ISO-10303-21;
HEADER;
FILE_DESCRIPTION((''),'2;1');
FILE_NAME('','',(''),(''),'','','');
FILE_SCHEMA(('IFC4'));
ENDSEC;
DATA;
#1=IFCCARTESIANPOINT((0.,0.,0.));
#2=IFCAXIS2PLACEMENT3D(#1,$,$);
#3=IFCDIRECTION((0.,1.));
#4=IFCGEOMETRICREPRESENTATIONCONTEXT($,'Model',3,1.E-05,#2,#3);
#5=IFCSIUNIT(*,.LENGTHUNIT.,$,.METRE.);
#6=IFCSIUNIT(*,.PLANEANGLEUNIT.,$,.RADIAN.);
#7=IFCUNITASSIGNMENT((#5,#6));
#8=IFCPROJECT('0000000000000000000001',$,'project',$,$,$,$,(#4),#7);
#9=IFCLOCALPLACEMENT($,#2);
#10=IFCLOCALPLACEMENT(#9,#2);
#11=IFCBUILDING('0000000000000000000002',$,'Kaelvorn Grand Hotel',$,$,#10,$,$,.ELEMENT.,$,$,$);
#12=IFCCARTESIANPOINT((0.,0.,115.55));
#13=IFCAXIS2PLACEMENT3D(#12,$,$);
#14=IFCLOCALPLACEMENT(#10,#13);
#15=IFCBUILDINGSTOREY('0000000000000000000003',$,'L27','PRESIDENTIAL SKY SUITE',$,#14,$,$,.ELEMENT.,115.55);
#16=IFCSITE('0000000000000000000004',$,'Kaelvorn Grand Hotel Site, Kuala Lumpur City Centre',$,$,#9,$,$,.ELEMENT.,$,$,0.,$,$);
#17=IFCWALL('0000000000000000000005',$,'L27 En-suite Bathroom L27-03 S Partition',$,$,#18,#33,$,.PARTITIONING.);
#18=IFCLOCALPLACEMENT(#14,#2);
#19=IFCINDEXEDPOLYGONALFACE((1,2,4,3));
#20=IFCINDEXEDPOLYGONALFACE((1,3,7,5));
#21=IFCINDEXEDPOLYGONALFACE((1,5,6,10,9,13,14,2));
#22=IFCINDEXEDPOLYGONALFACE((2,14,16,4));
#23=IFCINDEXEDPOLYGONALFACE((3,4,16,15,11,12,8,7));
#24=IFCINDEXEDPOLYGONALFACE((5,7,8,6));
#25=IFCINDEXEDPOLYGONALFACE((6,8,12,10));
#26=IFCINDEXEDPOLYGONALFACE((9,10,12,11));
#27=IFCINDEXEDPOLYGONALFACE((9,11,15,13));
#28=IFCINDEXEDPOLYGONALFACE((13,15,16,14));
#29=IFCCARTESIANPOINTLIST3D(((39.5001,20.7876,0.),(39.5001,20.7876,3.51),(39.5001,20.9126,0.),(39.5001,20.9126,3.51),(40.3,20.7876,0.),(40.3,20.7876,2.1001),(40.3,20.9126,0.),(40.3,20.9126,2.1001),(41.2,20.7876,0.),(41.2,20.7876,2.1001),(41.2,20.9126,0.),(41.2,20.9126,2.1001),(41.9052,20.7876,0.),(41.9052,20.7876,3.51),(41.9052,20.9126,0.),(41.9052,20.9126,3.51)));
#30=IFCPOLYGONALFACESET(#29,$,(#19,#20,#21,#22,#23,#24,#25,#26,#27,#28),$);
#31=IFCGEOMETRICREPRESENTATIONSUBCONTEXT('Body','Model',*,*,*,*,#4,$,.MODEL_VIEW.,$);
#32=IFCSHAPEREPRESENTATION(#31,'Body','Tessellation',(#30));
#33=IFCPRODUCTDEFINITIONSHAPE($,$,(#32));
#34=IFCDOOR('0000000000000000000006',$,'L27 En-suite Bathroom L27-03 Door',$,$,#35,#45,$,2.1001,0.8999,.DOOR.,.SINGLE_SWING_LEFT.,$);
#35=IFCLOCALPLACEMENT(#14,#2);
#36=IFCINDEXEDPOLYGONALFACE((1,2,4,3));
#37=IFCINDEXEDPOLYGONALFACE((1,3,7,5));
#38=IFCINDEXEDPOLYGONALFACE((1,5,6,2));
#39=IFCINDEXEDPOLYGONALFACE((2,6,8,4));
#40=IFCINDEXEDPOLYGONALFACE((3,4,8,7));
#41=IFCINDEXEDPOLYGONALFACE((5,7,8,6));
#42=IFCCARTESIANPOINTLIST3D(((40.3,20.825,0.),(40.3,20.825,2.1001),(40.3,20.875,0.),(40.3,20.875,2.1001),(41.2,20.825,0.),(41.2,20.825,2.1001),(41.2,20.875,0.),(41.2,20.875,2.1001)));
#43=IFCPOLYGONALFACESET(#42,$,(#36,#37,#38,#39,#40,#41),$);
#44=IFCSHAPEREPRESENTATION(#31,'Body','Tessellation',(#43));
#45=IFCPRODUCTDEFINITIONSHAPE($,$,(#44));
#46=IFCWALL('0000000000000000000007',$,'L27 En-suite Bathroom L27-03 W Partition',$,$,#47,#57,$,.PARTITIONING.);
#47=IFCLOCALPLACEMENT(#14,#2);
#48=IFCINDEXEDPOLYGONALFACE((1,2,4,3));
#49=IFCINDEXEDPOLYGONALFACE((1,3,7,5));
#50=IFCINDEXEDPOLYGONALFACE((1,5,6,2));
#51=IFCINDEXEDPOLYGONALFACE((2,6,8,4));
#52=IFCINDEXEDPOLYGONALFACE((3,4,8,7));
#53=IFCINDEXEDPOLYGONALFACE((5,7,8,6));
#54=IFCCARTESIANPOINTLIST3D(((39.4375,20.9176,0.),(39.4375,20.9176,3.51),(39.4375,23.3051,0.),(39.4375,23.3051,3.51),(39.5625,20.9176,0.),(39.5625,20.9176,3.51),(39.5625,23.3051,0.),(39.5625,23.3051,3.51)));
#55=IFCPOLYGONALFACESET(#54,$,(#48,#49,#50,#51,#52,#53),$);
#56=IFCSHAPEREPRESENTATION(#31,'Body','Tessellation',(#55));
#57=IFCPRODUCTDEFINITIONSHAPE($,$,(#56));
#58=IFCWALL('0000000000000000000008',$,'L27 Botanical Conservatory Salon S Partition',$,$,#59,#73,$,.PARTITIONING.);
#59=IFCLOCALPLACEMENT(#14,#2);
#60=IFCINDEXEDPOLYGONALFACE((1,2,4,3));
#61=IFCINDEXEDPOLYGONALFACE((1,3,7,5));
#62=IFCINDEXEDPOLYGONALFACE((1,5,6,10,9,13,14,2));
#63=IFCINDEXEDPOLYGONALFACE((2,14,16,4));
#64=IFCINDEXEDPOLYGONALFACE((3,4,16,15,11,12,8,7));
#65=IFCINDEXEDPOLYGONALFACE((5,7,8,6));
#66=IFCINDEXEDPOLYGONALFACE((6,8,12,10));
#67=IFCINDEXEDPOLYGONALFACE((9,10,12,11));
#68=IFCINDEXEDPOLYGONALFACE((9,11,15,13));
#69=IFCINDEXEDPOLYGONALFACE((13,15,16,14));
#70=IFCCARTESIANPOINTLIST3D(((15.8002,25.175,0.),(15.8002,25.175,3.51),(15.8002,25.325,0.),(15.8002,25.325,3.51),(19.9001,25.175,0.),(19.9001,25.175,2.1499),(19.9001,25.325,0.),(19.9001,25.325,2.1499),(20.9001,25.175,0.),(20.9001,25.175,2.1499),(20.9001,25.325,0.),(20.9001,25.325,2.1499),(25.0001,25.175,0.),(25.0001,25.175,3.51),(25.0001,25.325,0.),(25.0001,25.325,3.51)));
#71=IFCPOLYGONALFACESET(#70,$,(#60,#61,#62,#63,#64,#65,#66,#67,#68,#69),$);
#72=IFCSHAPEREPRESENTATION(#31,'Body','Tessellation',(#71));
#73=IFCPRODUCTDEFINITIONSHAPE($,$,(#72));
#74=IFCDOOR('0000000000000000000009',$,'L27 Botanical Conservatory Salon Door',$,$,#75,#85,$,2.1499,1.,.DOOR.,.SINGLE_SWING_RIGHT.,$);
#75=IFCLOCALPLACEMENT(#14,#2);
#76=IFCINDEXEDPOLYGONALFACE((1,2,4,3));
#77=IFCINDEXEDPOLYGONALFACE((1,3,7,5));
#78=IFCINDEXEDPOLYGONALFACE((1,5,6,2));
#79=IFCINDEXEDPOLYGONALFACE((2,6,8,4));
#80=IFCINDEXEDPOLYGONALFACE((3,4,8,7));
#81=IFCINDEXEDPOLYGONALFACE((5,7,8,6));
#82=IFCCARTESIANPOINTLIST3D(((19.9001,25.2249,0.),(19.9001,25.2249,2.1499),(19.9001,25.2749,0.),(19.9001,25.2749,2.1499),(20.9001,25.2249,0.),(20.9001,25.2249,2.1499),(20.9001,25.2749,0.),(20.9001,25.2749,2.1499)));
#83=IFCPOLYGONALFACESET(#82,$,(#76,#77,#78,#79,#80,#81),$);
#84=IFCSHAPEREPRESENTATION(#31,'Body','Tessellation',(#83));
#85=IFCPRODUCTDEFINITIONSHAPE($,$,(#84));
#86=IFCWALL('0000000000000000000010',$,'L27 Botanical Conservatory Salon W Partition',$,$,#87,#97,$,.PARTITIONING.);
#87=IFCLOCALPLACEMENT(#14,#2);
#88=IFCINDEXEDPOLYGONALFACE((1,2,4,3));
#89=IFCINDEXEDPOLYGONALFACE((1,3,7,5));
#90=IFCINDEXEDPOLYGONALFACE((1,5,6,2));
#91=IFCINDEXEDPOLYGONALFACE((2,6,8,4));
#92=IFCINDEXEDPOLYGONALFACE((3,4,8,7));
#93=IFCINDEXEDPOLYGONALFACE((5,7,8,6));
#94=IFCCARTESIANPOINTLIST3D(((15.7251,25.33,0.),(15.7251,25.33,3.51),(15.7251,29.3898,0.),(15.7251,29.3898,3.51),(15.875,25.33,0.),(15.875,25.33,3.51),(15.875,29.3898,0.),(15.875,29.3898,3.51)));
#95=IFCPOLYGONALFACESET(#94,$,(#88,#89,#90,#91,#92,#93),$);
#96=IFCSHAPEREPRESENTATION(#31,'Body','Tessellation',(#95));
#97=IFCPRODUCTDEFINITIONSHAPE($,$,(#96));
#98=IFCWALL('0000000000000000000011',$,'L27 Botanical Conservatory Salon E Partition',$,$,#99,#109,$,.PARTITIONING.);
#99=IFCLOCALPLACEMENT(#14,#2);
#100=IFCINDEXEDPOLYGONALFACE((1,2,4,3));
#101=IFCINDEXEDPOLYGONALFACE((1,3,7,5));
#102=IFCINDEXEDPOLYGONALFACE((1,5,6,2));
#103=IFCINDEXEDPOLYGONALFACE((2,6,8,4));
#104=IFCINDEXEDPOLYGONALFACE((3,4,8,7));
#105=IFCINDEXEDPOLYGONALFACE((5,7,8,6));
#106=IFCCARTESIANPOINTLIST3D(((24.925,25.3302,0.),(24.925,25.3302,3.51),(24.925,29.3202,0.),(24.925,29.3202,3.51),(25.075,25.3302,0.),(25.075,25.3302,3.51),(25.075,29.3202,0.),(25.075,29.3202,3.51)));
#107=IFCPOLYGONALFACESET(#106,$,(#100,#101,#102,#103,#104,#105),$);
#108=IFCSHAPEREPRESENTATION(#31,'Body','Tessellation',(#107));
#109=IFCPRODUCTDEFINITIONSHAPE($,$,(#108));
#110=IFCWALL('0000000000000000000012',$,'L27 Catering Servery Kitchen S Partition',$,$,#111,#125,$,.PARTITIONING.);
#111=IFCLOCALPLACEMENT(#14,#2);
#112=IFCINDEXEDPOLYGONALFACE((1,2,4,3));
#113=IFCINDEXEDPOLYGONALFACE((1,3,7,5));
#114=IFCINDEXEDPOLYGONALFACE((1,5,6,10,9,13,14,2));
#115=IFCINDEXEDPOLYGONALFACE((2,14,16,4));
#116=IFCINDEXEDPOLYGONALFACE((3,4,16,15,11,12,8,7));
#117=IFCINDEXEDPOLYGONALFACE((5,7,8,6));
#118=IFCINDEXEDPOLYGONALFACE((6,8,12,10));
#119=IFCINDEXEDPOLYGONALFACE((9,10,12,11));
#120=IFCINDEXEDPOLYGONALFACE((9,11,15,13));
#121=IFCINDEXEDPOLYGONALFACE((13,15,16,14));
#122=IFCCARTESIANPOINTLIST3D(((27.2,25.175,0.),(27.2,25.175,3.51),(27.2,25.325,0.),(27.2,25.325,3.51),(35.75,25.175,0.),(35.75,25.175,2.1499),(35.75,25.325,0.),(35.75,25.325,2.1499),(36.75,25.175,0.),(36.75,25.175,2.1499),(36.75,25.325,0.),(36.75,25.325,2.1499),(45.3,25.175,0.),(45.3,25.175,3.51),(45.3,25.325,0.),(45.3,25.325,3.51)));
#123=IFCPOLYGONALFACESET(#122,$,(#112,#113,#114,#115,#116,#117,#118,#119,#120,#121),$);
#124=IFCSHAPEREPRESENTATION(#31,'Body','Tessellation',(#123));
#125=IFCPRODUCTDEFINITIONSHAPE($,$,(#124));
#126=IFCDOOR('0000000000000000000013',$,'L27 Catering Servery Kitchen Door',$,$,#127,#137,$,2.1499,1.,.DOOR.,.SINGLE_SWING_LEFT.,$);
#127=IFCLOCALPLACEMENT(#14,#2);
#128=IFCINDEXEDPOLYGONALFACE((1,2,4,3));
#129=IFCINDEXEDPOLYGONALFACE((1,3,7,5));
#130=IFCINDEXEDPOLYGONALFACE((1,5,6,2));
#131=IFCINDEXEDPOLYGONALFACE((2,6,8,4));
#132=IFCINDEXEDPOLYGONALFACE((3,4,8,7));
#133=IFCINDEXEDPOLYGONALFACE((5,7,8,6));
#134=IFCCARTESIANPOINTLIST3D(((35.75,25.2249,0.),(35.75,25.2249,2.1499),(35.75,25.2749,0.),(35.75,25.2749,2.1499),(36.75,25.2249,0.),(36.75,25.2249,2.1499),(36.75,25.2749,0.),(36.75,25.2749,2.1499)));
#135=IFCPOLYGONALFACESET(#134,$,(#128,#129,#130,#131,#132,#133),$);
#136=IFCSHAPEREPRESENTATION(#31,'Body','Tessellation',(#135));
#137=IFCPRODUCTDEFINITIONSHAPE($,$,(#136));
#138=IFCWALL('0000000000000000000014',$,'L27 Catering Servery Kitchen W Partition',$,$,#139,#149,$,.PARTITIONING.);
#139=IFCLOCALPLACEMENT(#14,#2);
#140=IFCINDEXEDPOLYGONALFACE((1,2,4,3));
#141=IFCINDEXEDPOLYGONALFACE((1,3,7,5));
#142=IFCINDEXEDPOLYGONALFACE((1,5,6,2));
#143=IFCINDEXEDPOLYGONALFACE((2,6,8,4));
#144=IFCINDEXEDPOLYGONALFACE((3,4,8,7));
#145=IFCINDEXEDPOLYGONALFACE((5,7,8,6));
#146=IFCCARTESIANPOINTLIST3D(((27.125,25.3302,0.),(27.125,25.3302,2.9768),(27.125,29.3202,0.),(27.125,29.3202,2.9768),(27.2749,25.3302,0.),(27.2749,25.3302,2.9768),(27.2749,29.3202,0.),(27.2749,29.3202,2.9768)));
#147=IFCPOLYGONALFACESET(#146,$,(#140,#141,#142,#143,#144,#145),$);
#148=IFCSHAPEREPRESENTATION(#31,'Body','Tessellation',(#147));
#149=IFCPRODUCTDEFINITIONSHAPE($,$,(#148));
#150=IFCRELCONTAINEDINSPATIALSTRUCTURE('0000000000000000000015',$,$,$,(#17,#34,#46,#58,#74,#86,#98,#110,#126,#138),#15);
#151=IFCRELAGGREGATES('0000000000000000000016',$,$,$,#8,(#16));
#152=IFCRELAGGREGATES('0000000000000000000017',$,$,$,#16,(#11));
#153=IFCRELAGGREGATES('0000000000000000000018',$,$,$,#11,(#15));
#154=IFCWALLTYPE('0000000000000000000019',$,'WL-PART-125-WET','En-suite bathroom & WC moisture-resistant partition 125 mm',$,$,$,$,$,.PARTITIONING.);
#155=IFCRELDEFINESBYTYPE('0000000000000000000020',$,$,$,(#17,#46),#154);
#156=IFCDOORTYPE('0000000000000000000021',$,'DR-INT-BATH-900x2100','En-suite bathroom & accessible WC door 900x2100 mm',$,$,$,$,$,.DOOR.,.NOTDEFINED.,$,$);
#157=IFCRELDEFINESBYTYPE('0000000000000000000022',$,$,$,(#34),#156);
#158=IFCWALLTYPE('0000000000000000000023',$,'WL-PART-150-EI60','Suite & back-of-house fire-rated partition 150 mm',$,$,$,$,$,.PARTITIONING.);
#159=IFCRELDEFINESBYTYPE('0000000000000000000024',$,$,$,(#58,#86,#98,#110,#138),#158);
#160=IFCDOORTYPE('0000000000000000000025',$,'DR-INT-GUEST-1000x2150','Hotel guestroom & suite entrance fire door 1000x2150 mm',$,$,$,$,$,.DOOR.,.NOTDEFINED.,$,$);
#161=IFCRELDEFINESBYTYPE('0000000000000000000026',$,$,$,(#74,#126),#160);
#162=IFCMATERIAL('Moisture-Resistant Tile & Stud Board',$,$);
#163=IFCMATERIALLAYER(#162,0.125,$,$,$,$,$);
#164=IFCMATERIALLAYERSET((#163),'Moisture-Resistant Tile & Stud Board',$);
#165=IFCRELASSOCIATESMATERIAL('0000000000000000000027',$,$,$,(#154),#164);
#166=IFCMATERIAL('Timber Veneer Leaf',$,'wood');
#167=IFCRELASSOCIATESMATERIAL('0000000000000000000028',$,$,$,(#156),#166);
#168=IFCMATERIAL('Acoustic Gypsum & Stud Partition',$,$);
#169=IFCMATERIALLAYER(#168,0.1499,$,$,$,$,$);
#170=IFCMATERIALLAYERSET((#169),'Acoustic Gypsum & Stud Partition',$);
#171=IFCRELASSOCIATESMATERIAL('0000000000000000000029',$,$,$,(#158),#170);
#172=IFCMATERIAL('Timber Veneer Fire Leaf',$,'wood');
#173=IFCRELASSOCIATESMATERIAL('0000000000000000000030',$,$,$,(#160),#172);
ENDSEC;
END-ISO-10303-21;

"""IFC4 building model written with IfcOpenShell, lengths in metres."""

from ifc_helpers import new_model, si_unit, direction, frame, frame_2d, origin, place, context, subcontext, project, spatial, rectangle, extrude, material, layer, layer_set, type_object, element, fill, save


model = new_model("IFC4")

# Units and contexts
model_context = context("Model", 3, precision=1e-05, world=origin(), true_north=direction((0.0, 1.0)))
body_context = subcontext(model_context, "Body", "Model", "MODEL_VIEW")
ifc_project = project(units=[si_unit("LENGTHUNIT", "METRE"), si_unit("PLANEANGLEUNIT", "RADIAN")], contexts=[model_context])

# Site, building, storey
site_placement = place(None, origin())
site = spatial("IfcSite", under=ifc_project, at=site_placement, Name="Kaelvorn Grand Hotel Site, Kuala Lumpur City Centre", CompositionType="ELEMENT", RefElevation=0.0)
building_placement = place(site_placement, origin())
building = spatial("IfcBuilding", under=site, at=building_placement, Name="Kaelvorn Grand Hotel", CompositionType="ELEMENT")
storey_placement = place(building_placement, frame((0.0, 0.0, 115.55)))
storey = spatial("IfcBuildingStorey", under=building, at=storey_placement, Name="L27", Description="PRESIDENTIAL SKY SUITE", CompositionType="ELEMENT", Elevation=115.55)

# Shared definitions
ifc_material_1 = material(Name="Moisture-Resistant Tile & Stud Board")
ifc_layer_1 = layer(ifc_material_1, 0.125)
ifc_layer_set_1 = layer_set([ifc_layer_1], Name="Moisture-Resistant Tile & Stud Board")
wall_type_1 = type_object("IfcWallType", Name="WL-PART-125-WET", Description="En-suite bathroom & WC moisture-resistant partition 125 mm", PredefinedType="PARTITIONING", material=ifc_layer_set_1)
ifc_material_2 = material(Name="Timber Veneer Leaf", Category="wood")
door_type_1 = type_object("IfcDoorType", Name="DR-INT-BATH-900x2100", Description="En-suite bathroom & accessible WC door 900x2100 mm", OperationType="NOTDEFINED", PredefinedType="DOOR", material=ifc_material_2)

# Wall, opening, door
wall_1_placement = place(storey_placement, frame((39.5, 20.8501, 0.0), z_axis=(0.0, 0.0, 1.0), x_axis=(1.0, 0.0, 0.0)))
wall_1 = element("IfcWall", 1, at=wall_1_placement, inside=storey, type_object=wall_type_1, Name="L27 En-suite Bathroom L27-03 S Partition", PredefinedType="PARTITIONING", context=body_context, shape_type="SweptSolid", body=[
    extrude(rectangle(XDim=2.405, YDim=0.125, at=frame_2d((1.2026, 0.0))), origin(), (0.0, 0.0, 1.0), 3.51),
])
opening_1_placement = place(wall_1_placement, frame((0.8, 0.0, 0.0)))
opening_1 = element("IfcOpeningElement", 2, at=opening_1_placement, cuts=wall_1, PredefinedType="OPENING", context=body_context, shape_type="SweptSolid", body=[
    extrude(rectangle(XDim=0.8999, YDim=2.1001, at=frame_2d((0.45, 1.05))), frame((0.0, 0.0725, 0.0), z_axis=(0.0, -1.0, 0.0), x_axis=(1.0, 0.0, 0.0)), (0.0, 0.0, 1.0), 0.145),
])
door_1_placement = place(opening_1_placement, origin())
door_1 = element("IfcDoor", 3, at=door_1_placement, inside=storey, type_object=door_type_1, Name="L27 En-suite Bathroom L27-03 Door", OperationType="SINGLE_SWING_LEFT", OverallHeight=2.1001, OverallWidth=0.8999, PredefinedType="DOOR", context=body_context, shape_type="SweptSolid", body=[
    extrude(rectangle(XDim=0.8999, YDim=2.1001, at=frame_2d((0.45, 1.05))), frame((0.0, 0.0249, 0.0), z_axis=(0.0, -1.0, 0.0), x_axis=(1.0, 0.0, 0.0)), (0.0, 0.0, 1.0), 0.05),
])
fill(opening_1, door_1)

# Wall
wall_2_placement = place(storey_placement, frame((39.5, 20.9175, 0.0), z_axis=(0.0, 0.0, 1.0), x_axis=(0.0, 1.0, 0.0)))
element("IfcWall", 4, at=wall_2_placement, inside=storey, type_object=wall_type_1, Name="L27 En-suite Bathroom L27-03 W Partition", PredefinedType="PARTITIONING", context=body_context, shape_type="SweptSolid", body=[
    extrude(rectangle(XDim=2.3875, YDim=0.125, at=frame_2d((1.1938, 0.0))), origin(), (0.0, 0.0, 1.0), 3.51),
])

# Wall, opening, door
ifc_material_3 = material(Name="Acoustic Gypsum & Stud Partition")
ifc_layer_2 = layer(ifc_material_3, 0.1499)
ifc_layer_set_2 = layer_set([ifc_layer_2], Name="Acoustic Gypsum & Stud Partition")
wall_type_2 = type_object("IfcWallType", Name="WL-PART-150-EI60", Description="Suite & back-of-house fire-rated partition 150 mm", PredefinedType="PARTITIONING", material=ifc_layer_set_2)
wall_3_placement = place(storey_placement, frame((15.8, 25.25, 0.0), z_axis=(0.0, 0.0, 1.0), x_axis=(1.0, 0.0, 0.0)))
wall_3 = element("IfcWall", 5, at=wall_3_placement, inside=storey, type_object=wall_type_2, Name="L27 Botanical Conservatory Salon S Partition", PredefinedType="PARTITIONING", context=body_context, shape_type="SweptSolid", body=[
    extrude(rectangle(XDim=9.2, YDim=0.1499, at=frame_2d((4.6001, 0.0))), origin(), (0.0, 0.0, 1.0), 3.51),
])
opening_2_placement = place(wall_3_placement, frame((4.1001, 0.0, 0.0)))
opening_2 = element("IfcOpeningElement", 6, at=opening_2_placement, cuts=wall_3, PredefinedType="OPENING", context=body_context, shape_type="SweptSolid", body=[
    extrude(rectangle(XDim=1.0, YDim=2.1499, at=frame_2d((0.5, 1.075))), frame((0.0, 0.085, 0.0), z_axis=(0.0, -1.0, 0.0), x_axis=(1.0, 0.0, 0.0)), (0.0, 0.0, 1.0), 0.1699),
])
ifc_material_4 = material(Name="Timber Veneer Fire Leaf", Category="wood")
door_type_2 = type_object("IfcDoorType", Name="DR-INT-GUEST-1000x2150", Description="Hotel guestroom & suite entrance fire door 1000x2150 mm", OperationType="NOTDEFINED", PredefinedType="DOOR", material=ifc_material_4)
door_2_placement = place(opening_2_placement, origin())
door_2 = element("IfcDoor", 7, at=door_2_placement, inside=storey, type_object=door_type_2, Name="L27 Botanical Conservatory Salon Door", OperationType="SINGLE_SWING_RIGHT", OverallHeight=2.1499, OverallWidth=1.0, PredefinedType="DOOR", context=body_context, shape_type="SweptSolid", body=[
    extrude(rectangle(XDim=1.0, YDim=2.1499, at=frame_2d((0.5, 1.075))), frame((0.0, 0.0249, 0.0), z_axis=(0.0, -1.0, 0.0), x_axis=(1.0, 0.0, 0.0)), (0.0, 0.0, 1.0), 0.05),
])
fill(opening_2, door_2)

# Walls
wall_4_placement = place(storey_placement, frame((15.8, 25.3301, 0.0), z_axis=(0.0, 0.0, 1.0), x_axis=(0.0, 1.0, 0.0)))
element("IfcWall", 8, at=wall_4_placement, inside=storey, type_object=wall_type_2, Name="L27 Botanical Conservatory Salon W Partition", PredefinedType="PARTITIONING", context=body_context, shape_type="SweptSolid", body=[
    extrude(rectangle(XDim=4.0598, YDim=0.1499, at=frame_2d((2.0298, 0.0))), origin(), (0.0, 0.0, 1.0), 3.51),
])
wall_5_placement = place(storey_placement, frame((25.0, 25.3301, 0.0), z_axis=(0.0, 0.0, 1.0), x_axis=(0.0, 1.0, 0.0)))
element("IfcWall", 9, at=wall_5_placement, inside=storey, type_object=wall_type_2, Name="L27 Botanical Conservatory Salon E Partition", PredefinedType="PARTITIONING", context=body_context, shape_type="SweptSolid", body=[
    extrude(rectangle(XDim=3.99, YDim=0.1499, at=frame_2d((1.9951, 0.0))), origin(), (0.0, 0.0, 1.0), 3.51),
])

# Wall, opening, door
wall_6_placement = place(storey_placement, frame((27.2, 25.25, 0.0), z_axis=(0.0, 0.0, 1.0), x_axis=(1.0, 0.0, 0.0)))
wall_6 = element("IfcWall", 10, at=wall_6_placement, inside=storey, type_object=wall_type_2, Name="L27 Catering Servery Kitchen S Partition", PredefinedType="PARTITIONING", context=body_context, shape_type="SweptSolid", body=[
    extrude(rectangle(XDim=18.1001, YDim=0.1499, at=frame_2d((9.05, 0.0))), origin(), (0.0, 0.0, 1.0), 3.51),
])
opening_3_placement = place(wall_6_placement, frame((8.55, 0.0, 0.0)))
opening_3 = element("IfcOpeningElement", 11, at=opening_3_placement, cuts=wall_6, PredefinedType="OPENING", context=body_context, shape_type="SweptSolid", body=[
    extrude(rectangle(XDim=1.0, YDim=2.1499, at=frame_2d((0.5, 1.075))), frame((0.0, 0.085, 0.0), z_axis=(0.0, -1.0, 0.0), x_axis=(1.0, 0.0, 0.0)), (0.0, 0.0, 1.0), 0.1699),
])
door_3_placement = place(opening_3_placement, origin())
door_3 = element("IfcDoor", 12, at=door_3_placement, inside=storey, type_object=door_type_2, Name="L27 Catering Servery Kitchen Door", OperationType="SINGLE_SWING_LEFT", OverallHeight=2.1499, OverallWidth=1.0, PredefinedType="DOOR", context=body_context, shape_type="SweptSolid", body=[
    extrude(rectangle(XDim=1.0, YDim=2.1499, at=frame_2d((0.5, 1.075))), frame((0.0, 0.0249, 0.0), z_axis=(0.0, -1.0, 0.0), x_axis=(1.0, 0.0, 0.0)), (0.0, 0.0, 1.0), 0.05),
])
fill(opening_3, door_3)

# Wall
wall_7_placement = place(storey_placement, frame((27.2, 25.3301, 0.0), z_axis=(0.0, 0.0, 1.0), x_axis=(0.0, 1.0, 0.0)))
element("IfcWall", 13, at=wall_7_placement, inside=storey, type_object=wall_type_2, Name="L27 Catering Servery Kitchen W Partition", PredefinedType="PARTITIONING", context=body_context, shape_type="SweptSolid", body=[
    extrude(rectangle(XDim=3.99, YDim=0.1499, at=frame_2d((1.9951, 0.0))), origin(), (0.0, 0.0, 1.0), 2.9768),
])

save(model, "model.ifc")
